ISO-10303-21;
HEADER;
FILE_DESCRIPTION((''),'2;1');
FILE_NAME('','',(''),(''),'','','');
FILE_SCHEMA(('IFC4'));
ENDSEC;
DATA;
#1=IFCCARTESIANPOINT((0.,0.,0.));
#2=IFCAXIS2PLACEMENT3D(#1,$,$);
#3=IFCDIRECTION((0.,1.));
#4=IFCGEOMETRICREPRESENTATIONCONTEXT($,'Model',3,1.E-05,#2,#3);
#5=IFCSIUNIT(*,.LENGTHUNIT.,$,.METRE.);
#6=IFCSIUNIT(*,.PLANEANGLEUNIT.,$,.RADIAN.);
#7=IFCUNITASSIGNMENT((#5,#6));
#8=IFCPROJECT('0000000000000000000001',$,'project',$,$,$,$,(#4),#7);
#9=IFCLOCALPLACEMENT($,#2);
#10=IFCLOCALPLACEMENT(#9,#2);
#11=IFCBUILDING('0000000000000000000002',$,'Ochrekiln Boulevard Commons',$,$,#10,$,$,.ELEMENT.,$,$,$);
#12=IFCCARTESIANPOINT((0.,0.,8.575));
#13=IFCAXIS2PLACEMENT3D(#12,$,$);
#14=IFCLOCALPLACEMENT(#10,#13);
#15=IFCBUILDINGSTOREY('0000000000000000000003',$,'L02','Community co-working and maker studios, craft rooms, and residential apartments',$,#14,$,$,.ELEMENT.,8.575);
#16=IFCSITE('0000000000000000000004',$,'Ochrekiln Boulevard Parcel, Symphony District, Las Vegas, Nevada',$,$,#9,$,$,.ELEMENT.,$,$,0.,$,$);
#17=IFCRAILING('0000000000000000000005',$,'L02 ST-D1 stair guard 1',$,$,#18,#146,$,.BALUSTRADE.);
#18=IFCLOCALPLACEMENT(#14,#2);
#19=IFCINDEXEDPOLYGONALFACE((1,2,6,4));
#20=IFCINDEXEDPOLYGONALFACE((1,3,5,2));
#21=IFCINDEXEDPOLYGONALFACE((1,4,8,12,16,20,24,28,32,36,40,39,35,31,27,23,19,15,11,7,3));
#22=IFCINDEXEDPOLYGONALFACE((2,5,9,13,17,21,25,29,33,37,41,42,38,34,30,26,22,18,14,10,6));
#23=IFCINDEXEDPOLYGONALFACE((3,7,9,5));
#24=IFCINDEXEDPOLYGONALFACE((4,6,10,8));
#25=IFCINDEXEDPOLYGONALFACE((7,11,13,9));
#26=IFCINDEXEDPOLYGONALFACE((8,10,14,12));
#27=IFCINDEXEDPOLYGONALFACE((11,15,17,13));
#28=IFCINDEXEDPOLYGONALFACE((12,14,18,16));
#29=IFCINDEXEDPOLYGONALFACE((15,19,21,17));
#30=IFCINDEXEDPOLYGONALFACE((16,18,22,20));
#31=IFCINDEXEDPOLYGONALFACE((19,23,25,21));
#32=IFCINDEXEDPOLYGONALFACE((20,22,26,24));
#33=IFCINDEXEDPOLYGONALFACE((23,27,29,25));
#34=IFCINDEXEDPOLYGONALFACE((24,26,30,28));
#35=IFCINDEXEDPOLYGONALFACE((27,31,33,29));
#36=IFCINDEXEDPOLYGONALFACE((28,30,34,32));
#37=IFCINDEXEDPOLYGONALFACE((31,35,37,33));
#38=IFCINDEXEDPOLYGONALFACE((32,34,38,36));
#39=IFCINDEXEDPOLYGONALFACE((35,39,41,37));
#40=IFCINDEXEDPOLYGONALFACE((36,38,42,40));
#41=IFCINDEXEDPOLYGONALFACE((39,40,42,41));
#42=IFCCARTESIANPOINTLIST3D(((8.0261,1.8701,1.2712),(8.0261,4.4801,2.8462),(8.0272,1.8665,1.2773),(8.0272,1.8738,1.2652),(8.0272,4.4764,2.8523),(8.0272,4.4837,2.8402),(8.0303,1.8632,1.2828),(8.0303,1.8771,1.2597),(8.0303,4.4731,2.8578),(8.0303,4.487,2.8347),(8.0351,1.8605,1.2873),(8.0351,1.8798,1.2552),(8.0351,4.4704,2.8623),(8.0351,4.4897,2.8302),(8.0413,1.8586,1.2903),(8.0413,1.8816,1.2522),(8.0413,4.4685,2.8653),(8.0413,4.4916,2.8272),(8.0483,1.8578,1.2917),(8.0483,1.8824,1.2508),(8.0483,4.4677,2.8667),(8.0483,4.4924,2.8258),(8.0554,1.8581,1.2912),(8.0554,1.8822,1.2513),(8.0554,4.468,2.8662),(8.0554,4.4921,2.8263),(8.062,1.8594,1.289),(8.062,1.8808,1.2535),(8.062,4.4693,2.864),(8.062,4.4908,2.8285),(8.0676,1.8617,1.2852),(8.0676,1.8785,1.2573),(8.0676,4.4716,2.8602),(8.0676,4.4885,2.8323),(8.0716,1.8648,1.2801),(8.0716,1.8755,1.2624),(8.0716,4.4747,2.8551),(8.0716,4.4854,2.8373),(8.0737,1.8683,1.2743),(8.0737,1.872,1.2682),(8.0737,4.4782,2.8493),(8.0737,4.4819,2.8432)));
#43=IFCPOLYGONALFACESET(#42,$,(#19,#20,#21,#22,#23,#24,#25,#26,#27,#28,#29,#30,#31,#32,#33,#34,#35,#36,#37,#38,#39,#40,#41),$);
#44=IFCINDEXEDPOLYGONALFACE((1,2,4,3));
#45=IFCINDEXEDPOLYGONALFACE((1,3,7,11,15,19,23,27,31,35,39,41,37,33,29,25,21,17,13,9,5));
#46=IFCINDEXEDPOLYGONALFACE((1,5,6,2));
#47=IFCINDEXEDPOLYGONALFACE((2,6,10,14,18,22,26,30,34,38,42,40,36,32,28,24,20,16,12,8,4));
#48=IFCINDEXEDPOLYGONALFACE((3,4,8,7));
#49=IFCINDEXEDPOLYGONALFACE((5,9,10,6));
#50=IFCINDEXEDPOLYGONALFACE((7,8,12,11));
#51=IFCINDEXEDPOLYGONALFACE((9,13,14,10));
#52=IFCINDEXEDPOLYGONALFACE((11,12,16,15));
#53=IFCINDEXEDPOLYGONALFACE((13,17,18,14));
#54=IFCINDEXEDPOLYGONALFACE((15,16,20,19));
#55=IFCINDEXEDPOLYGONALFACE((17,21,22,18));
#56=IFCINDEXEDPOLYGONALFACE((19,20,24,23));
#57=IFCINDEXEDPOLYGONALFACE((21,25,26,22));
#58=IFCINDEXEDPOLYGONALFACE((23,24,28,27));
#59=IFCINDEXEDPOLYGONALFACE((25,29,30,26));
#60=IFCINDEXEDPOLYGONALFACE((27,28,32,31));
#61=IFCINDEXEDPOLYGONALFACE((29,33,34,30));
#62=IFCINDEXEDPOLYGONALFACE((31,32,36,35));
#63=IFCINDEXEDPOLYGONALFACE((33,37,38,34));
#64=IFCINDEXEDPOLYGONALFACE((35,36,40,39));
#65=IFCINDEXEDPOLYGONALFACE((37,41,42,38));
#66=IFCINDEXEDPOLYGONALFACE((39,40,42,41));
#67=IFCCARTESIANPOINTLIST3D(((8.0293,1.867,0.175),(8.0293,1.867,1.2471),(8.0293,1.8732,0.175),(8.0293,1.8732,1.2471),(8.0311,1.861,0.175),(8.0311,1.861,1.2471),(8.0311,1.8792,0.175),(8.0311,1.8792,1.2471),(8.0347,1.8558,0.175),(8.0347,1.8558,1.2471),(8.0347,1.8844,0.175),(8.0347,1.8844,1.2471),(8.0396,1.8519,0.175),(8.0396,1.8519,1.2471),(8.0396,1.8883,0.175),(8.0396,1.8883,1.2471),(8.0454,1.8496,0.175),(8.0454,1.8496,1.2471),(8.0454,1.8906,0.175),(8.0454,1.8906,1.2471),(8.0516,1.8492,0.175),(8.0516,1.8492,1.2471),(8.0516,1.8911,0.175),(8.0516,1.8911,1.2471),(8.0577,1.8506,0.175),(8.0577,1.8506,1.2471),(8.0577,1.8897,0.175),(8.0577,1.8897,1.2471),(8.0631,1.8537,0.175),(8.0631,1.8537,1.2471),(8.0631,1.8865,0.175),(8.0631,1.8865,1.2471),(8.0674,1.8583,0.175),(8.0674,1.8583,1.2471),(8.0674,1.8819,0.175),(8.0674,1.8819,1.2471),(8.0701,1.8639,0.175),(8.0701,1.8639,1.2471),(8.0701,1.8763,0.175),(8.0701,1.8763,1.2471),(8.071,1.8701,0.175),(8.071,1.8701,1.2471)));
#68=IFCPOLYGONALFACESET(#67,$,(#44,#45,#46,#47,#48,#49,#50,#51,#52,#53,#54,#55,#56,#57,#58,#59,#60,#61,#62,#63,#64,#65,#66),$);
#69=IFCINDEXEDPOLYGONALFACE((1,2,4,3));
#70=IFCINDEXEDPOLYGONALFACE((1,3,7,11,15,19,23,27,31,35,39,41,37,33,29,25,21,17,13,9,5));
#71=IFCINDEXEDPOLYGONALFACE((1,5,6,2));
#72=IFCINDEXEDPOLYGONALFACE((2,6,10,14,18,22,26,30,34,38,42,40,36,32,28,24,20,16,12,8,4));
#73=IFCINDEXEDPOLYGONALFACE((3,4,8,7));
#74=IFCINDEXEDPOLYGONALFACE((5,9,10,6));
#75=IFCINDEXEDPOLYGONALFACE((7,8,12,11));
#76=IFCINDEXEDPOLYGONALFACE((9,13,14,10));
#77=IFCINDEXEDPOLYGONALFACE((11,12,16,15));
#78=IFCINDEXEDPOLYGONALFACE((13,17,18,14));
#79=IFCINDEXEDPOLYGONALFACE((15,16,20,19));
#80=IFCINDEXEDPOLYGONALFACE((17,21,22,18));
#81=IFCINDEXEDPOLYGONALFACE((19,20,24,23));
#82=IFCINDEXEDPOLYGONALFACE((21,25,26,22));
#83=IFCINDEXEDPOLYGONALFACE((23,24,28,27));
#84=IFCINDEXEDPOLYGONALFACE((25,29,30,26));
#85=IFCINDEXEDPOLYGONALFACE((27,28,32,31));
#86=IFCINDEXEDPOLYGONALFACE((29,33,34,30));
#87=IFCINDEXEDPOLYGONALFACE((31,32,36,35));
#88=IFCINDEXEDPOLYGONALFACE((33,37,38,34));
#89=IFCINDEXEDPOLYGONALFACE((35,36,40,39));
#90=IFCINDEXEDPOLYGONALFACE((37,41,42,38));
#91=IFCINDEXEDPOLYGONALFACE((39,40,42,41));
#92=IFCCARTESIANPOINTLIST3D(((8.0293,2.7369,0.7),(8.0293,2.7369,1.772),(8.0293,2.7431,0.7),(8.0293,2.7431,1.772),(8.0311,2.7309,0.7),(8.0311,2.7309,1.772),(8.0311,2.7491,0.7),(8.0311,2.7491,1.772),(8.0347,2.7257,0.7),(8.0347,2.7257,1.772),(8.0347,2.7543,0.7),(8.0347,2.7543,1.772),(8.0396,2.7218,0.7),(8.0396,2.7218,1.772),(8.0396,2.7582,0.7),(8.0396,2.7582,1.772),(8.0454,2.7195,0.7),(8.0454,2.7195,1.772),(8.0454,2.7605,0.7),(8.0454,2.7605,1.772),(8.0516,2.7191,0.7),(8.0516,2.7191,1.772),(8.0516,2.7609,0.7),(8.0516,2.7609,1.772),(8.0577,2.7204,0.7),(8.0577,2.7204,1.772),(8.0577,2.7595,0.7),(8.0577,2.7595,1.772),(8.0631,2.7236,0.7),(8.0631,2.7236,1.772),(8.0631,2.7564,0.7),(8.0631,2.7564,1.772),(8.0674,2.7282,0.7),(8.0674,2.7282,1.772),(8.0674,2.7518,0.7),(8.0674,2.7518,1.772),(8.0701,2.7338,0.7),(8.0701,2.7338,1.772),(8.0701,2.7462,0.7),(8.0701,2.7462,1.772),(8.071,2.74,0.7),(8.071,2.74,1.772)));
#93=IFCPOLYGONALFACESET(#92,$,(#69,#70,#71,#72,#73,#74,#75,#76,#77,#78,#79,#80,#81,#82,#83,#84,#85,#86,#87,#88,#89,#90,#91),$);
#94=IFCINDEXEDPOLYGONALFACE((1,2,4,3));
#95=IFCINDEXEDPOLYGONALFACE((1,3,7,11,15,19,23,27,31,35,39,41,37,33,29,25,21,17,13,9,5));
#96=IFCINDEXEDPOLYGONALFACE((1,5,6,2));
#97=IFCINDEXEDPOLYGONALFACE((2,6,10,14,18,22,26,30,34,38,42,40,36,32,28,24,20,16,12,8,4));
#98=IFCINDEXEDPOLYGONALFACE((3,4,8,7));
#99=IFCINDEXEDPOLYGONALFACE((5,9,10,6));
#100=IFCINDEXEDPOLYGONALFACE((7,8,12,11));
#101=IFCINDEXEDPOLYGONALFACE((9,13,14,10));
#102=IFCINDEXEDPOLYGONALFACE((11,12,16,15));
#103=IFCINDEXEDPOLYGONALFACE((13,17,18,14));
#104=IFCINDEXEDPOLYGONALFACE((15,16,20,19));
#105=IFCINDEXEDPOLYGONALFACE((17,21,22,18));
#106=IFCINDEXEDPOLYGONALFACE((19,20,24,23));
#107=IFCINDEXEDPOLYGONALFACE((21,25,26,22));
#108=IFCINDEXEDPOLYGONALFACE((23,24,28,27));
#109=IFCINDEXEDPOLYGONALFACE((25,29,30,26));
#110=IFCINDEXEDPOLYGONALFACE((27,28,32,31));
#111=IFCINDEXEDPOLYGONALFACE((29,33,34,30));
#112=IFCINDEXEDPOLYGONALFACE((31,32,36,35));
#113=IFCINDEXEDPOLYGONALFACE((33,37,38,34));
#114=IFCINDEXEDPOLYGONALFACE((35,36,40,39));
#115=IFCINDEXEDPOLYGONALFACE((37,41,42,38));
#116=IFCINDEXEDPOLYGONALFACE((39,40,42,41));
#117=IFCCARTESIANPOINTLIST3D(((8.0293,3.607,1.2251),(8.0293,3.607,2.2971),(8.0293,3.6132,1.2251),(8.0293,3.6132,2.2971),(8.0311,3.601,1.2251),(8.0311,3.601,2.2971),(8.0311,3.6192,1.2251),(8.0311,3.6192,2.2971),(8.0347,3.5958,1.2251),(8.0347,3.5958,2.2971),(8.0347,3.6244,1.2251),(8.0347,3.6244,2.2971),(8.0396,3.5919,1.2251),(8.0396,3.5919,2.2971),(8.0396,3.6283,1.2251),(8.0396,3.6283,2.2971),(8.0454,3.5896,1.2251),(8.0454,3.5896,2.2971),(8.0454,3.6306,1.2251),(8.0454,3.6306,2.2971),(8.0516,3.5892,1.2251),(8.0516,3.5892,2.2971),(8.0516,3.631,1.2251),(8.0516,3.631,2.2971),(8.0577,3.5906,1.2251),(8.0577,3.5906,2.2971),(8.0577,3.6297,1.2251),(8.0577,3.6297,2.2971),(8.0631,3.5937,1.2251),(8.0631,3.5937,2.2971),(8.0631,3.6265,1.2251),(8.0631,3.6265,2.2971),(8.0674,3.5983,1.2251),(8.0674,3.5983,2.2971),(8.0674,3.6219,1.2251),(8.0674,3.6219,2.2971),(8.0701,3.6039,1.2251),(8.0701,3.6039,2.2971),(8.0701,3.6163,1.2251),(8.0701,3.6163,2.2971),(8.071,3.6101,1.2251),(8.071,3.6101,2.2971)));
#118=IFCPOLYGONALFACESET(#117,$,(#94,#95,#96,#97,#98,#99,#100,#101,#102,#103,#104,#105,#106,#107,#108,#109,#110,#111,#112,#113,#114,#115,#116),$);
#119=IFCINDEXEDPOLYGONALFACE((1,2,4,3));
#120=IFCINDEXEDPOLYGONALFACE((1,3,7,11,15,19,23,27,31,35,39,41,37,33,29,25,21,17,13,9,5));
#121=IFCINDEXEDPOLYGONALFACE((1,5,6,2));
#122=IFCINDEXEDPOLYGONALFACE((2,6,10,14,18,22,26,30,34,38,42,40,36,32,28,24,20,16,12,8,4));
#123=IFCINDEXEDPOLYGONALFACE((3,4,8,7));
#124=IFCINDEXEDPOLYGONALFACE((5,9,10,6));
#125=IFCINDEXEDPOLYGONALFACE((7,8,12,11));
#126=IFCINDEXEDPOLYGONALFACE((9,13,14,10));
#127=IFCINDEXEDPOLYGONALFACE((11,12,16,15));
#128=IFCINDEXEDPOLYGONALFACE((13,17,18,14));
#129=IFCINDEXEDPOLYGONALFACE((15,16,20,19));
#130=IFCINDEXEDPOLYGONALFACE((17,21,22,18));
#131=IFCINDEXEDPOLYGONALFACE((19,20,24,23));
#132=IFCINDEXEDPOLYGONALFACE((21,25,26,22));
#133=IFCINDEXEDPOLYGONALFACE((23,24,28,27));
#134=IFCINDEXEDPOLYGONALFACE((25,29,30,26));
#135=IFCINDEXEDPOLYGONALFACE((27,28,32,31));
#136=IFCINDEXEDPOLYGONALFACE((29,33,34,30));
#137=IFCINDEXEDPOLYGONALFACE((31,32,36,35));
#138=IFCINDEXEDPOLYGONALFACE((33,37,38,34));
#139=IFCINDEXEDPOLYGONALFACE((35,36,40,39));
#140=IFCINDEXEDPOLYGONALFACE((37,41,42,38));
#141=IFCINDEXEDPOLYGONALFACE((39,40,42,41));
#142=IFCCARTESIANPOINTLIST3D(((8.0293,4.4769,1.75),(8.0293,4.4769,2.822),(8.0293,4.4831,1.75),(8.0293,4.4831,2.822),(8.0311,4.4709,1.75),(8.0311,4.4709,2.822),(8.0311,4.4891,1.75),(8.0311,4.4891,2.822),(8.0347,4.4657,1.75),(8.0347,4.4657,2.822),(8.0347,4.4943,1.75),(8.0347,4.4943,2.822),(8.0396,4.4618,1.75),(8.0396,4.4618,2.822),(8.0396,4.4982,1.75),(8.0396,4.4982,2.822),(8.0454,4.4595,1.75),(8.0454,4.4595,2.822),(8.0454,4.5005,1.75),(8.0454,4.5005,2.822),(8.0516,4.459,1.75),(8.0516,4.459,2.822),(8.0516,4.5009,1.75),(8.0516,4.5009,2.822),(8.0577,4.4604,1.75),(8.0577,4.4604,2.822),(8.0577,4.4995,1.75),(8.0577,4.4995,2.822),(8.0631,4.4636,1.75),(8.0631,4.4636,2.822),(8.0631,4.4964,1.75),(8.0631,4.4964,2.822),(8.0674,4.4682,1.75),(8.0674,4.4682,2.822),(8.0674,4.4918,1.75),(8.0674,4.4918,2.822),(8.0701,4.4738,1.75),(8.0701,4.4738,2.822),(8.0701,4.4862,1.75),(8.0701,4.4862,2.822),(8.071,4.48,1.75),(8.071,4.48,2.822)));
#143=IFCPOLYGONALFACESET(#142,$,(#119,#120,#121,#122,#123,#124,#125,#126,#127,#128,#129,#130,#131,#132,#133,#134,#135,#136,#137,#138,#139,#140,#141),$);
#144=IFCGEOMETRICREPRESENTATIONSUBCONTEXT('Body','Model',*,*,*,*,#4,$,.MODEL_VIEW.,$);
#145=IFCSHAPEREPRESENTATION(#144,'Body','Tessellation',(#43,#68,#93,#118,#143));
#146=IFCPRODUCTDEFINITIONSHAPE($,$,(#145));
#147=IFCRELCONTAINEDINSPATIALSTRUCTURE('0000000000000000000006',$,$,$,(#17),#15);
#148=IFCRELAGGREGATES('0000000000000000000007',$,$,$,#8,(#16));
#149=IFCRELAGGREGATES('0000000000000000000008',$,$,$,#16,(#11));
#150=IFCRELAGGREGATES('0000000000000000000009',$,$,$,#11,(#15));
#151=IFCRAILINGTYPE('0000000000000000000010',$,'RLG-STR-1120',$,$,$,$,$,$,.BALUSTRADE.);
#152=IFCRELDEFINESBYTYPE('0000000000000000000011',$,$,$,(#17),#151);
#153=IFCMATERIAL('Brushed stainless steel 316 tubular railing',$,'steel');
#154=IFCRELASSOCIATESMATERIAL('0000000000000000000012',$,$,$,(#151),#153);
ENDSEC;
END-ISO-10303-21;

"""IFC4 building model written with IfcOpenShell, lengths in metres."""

from ifc_helpers import new_model, si_unit, direction, frame, origin, origin_2d, place, context, subcontext, project, spatial, circle, extrude, material, type_object, element, save


model = new_model("IFC4")

# Units and contexts
model_context = context("Model", 3, precision=1e-05, world=origin(), true_north=direction((0.0, 1.0)))
body_context = subcontext(model_context, "Body", "Model", "MODEL_VIEW")
ifc_project = project(units=[si_unit("LENGTHUNIT", "METRE"), si_unit("PLANEANGLEUNIT", "RADIAN")], contexts=[model_context])

# Site, building, storey
site_placement = place(None, origin())
site = spatial("IfcSite", under=ifc_project, at=site_placement, Name="Ochrekiln Boulevard Parcel, Symphony District, Las Vegas, Nevada", CompositionType="ELEMENT", RefElevation=0.0)
building_placement = place(site_placement, origin())
building = spatial("IfcBuilding", under=site, at=building_placement, Name="Ochrekiln Boulevard Commons", CompositionType="ELEMENT")
storey_placement = place(building_placement, frame((0.0, 0.0, 8.575)))
storey = spatial("IfcBuildingStorey", under=building, at=storey_placement, Name="L02", Description="Community co-working and maker studios, craft rooms, and residential apartments", CompositionType="ELEMENT", Elevation=8.575)

# Railing
ifc_material_1 = material(Name="Brushed stainless steel 316 tubular railing", Category="steel")
railing_type_1 = type_object("IfcRailingType", Name="RLG-STR-1120", PredefinedType="BALUSTRADE", material=ifc_material_1)
railing_1_placement = place(storey_placement, frame((8.05, 1.8701, 0.175)))
element("IfcRailing", 1, at=railing_1_placement, inside=storey, type_object=railing_type_1, Name="L02 ST-D1 stair guard 1", PredefinedType="BALUSTRADE", context=body_context, shape_type="SweptSolid", body=[
    extrude(circle(Radius=0.0239, at=origin_2d()), frame((0.0, 0.0, 1.0962), z_axis=(0.0, 0.856183, 0.516673), x_axis=(-1.0, 0.0, 0.0)), (0.0, 0.0, 1.0), 3.0483),
    extrude(circle(Radius=0.021, at=origin_2d()), origin(), (0.0, 0.0, 1.0), 1.072),
    extrude(circle(Radius=0.021, at=origin_2d()), frame((0.0, 0.8699, 0.5249)), (0.0, 0.0, 1.0), 1.072),
    extrude(circle(Radius=0.021, at=origin_2d()), frame((0.0, 1.74, 1.05)), (0.0, 0.0, 1.0), 1.072),
    extrude(circle(Radius=0.021, at=origin_2d()), frame((0.0, 2.6099, 1.575)), (0.0, 0.0, 1.0), 1.072),
])

save(model, "model.ifc")
